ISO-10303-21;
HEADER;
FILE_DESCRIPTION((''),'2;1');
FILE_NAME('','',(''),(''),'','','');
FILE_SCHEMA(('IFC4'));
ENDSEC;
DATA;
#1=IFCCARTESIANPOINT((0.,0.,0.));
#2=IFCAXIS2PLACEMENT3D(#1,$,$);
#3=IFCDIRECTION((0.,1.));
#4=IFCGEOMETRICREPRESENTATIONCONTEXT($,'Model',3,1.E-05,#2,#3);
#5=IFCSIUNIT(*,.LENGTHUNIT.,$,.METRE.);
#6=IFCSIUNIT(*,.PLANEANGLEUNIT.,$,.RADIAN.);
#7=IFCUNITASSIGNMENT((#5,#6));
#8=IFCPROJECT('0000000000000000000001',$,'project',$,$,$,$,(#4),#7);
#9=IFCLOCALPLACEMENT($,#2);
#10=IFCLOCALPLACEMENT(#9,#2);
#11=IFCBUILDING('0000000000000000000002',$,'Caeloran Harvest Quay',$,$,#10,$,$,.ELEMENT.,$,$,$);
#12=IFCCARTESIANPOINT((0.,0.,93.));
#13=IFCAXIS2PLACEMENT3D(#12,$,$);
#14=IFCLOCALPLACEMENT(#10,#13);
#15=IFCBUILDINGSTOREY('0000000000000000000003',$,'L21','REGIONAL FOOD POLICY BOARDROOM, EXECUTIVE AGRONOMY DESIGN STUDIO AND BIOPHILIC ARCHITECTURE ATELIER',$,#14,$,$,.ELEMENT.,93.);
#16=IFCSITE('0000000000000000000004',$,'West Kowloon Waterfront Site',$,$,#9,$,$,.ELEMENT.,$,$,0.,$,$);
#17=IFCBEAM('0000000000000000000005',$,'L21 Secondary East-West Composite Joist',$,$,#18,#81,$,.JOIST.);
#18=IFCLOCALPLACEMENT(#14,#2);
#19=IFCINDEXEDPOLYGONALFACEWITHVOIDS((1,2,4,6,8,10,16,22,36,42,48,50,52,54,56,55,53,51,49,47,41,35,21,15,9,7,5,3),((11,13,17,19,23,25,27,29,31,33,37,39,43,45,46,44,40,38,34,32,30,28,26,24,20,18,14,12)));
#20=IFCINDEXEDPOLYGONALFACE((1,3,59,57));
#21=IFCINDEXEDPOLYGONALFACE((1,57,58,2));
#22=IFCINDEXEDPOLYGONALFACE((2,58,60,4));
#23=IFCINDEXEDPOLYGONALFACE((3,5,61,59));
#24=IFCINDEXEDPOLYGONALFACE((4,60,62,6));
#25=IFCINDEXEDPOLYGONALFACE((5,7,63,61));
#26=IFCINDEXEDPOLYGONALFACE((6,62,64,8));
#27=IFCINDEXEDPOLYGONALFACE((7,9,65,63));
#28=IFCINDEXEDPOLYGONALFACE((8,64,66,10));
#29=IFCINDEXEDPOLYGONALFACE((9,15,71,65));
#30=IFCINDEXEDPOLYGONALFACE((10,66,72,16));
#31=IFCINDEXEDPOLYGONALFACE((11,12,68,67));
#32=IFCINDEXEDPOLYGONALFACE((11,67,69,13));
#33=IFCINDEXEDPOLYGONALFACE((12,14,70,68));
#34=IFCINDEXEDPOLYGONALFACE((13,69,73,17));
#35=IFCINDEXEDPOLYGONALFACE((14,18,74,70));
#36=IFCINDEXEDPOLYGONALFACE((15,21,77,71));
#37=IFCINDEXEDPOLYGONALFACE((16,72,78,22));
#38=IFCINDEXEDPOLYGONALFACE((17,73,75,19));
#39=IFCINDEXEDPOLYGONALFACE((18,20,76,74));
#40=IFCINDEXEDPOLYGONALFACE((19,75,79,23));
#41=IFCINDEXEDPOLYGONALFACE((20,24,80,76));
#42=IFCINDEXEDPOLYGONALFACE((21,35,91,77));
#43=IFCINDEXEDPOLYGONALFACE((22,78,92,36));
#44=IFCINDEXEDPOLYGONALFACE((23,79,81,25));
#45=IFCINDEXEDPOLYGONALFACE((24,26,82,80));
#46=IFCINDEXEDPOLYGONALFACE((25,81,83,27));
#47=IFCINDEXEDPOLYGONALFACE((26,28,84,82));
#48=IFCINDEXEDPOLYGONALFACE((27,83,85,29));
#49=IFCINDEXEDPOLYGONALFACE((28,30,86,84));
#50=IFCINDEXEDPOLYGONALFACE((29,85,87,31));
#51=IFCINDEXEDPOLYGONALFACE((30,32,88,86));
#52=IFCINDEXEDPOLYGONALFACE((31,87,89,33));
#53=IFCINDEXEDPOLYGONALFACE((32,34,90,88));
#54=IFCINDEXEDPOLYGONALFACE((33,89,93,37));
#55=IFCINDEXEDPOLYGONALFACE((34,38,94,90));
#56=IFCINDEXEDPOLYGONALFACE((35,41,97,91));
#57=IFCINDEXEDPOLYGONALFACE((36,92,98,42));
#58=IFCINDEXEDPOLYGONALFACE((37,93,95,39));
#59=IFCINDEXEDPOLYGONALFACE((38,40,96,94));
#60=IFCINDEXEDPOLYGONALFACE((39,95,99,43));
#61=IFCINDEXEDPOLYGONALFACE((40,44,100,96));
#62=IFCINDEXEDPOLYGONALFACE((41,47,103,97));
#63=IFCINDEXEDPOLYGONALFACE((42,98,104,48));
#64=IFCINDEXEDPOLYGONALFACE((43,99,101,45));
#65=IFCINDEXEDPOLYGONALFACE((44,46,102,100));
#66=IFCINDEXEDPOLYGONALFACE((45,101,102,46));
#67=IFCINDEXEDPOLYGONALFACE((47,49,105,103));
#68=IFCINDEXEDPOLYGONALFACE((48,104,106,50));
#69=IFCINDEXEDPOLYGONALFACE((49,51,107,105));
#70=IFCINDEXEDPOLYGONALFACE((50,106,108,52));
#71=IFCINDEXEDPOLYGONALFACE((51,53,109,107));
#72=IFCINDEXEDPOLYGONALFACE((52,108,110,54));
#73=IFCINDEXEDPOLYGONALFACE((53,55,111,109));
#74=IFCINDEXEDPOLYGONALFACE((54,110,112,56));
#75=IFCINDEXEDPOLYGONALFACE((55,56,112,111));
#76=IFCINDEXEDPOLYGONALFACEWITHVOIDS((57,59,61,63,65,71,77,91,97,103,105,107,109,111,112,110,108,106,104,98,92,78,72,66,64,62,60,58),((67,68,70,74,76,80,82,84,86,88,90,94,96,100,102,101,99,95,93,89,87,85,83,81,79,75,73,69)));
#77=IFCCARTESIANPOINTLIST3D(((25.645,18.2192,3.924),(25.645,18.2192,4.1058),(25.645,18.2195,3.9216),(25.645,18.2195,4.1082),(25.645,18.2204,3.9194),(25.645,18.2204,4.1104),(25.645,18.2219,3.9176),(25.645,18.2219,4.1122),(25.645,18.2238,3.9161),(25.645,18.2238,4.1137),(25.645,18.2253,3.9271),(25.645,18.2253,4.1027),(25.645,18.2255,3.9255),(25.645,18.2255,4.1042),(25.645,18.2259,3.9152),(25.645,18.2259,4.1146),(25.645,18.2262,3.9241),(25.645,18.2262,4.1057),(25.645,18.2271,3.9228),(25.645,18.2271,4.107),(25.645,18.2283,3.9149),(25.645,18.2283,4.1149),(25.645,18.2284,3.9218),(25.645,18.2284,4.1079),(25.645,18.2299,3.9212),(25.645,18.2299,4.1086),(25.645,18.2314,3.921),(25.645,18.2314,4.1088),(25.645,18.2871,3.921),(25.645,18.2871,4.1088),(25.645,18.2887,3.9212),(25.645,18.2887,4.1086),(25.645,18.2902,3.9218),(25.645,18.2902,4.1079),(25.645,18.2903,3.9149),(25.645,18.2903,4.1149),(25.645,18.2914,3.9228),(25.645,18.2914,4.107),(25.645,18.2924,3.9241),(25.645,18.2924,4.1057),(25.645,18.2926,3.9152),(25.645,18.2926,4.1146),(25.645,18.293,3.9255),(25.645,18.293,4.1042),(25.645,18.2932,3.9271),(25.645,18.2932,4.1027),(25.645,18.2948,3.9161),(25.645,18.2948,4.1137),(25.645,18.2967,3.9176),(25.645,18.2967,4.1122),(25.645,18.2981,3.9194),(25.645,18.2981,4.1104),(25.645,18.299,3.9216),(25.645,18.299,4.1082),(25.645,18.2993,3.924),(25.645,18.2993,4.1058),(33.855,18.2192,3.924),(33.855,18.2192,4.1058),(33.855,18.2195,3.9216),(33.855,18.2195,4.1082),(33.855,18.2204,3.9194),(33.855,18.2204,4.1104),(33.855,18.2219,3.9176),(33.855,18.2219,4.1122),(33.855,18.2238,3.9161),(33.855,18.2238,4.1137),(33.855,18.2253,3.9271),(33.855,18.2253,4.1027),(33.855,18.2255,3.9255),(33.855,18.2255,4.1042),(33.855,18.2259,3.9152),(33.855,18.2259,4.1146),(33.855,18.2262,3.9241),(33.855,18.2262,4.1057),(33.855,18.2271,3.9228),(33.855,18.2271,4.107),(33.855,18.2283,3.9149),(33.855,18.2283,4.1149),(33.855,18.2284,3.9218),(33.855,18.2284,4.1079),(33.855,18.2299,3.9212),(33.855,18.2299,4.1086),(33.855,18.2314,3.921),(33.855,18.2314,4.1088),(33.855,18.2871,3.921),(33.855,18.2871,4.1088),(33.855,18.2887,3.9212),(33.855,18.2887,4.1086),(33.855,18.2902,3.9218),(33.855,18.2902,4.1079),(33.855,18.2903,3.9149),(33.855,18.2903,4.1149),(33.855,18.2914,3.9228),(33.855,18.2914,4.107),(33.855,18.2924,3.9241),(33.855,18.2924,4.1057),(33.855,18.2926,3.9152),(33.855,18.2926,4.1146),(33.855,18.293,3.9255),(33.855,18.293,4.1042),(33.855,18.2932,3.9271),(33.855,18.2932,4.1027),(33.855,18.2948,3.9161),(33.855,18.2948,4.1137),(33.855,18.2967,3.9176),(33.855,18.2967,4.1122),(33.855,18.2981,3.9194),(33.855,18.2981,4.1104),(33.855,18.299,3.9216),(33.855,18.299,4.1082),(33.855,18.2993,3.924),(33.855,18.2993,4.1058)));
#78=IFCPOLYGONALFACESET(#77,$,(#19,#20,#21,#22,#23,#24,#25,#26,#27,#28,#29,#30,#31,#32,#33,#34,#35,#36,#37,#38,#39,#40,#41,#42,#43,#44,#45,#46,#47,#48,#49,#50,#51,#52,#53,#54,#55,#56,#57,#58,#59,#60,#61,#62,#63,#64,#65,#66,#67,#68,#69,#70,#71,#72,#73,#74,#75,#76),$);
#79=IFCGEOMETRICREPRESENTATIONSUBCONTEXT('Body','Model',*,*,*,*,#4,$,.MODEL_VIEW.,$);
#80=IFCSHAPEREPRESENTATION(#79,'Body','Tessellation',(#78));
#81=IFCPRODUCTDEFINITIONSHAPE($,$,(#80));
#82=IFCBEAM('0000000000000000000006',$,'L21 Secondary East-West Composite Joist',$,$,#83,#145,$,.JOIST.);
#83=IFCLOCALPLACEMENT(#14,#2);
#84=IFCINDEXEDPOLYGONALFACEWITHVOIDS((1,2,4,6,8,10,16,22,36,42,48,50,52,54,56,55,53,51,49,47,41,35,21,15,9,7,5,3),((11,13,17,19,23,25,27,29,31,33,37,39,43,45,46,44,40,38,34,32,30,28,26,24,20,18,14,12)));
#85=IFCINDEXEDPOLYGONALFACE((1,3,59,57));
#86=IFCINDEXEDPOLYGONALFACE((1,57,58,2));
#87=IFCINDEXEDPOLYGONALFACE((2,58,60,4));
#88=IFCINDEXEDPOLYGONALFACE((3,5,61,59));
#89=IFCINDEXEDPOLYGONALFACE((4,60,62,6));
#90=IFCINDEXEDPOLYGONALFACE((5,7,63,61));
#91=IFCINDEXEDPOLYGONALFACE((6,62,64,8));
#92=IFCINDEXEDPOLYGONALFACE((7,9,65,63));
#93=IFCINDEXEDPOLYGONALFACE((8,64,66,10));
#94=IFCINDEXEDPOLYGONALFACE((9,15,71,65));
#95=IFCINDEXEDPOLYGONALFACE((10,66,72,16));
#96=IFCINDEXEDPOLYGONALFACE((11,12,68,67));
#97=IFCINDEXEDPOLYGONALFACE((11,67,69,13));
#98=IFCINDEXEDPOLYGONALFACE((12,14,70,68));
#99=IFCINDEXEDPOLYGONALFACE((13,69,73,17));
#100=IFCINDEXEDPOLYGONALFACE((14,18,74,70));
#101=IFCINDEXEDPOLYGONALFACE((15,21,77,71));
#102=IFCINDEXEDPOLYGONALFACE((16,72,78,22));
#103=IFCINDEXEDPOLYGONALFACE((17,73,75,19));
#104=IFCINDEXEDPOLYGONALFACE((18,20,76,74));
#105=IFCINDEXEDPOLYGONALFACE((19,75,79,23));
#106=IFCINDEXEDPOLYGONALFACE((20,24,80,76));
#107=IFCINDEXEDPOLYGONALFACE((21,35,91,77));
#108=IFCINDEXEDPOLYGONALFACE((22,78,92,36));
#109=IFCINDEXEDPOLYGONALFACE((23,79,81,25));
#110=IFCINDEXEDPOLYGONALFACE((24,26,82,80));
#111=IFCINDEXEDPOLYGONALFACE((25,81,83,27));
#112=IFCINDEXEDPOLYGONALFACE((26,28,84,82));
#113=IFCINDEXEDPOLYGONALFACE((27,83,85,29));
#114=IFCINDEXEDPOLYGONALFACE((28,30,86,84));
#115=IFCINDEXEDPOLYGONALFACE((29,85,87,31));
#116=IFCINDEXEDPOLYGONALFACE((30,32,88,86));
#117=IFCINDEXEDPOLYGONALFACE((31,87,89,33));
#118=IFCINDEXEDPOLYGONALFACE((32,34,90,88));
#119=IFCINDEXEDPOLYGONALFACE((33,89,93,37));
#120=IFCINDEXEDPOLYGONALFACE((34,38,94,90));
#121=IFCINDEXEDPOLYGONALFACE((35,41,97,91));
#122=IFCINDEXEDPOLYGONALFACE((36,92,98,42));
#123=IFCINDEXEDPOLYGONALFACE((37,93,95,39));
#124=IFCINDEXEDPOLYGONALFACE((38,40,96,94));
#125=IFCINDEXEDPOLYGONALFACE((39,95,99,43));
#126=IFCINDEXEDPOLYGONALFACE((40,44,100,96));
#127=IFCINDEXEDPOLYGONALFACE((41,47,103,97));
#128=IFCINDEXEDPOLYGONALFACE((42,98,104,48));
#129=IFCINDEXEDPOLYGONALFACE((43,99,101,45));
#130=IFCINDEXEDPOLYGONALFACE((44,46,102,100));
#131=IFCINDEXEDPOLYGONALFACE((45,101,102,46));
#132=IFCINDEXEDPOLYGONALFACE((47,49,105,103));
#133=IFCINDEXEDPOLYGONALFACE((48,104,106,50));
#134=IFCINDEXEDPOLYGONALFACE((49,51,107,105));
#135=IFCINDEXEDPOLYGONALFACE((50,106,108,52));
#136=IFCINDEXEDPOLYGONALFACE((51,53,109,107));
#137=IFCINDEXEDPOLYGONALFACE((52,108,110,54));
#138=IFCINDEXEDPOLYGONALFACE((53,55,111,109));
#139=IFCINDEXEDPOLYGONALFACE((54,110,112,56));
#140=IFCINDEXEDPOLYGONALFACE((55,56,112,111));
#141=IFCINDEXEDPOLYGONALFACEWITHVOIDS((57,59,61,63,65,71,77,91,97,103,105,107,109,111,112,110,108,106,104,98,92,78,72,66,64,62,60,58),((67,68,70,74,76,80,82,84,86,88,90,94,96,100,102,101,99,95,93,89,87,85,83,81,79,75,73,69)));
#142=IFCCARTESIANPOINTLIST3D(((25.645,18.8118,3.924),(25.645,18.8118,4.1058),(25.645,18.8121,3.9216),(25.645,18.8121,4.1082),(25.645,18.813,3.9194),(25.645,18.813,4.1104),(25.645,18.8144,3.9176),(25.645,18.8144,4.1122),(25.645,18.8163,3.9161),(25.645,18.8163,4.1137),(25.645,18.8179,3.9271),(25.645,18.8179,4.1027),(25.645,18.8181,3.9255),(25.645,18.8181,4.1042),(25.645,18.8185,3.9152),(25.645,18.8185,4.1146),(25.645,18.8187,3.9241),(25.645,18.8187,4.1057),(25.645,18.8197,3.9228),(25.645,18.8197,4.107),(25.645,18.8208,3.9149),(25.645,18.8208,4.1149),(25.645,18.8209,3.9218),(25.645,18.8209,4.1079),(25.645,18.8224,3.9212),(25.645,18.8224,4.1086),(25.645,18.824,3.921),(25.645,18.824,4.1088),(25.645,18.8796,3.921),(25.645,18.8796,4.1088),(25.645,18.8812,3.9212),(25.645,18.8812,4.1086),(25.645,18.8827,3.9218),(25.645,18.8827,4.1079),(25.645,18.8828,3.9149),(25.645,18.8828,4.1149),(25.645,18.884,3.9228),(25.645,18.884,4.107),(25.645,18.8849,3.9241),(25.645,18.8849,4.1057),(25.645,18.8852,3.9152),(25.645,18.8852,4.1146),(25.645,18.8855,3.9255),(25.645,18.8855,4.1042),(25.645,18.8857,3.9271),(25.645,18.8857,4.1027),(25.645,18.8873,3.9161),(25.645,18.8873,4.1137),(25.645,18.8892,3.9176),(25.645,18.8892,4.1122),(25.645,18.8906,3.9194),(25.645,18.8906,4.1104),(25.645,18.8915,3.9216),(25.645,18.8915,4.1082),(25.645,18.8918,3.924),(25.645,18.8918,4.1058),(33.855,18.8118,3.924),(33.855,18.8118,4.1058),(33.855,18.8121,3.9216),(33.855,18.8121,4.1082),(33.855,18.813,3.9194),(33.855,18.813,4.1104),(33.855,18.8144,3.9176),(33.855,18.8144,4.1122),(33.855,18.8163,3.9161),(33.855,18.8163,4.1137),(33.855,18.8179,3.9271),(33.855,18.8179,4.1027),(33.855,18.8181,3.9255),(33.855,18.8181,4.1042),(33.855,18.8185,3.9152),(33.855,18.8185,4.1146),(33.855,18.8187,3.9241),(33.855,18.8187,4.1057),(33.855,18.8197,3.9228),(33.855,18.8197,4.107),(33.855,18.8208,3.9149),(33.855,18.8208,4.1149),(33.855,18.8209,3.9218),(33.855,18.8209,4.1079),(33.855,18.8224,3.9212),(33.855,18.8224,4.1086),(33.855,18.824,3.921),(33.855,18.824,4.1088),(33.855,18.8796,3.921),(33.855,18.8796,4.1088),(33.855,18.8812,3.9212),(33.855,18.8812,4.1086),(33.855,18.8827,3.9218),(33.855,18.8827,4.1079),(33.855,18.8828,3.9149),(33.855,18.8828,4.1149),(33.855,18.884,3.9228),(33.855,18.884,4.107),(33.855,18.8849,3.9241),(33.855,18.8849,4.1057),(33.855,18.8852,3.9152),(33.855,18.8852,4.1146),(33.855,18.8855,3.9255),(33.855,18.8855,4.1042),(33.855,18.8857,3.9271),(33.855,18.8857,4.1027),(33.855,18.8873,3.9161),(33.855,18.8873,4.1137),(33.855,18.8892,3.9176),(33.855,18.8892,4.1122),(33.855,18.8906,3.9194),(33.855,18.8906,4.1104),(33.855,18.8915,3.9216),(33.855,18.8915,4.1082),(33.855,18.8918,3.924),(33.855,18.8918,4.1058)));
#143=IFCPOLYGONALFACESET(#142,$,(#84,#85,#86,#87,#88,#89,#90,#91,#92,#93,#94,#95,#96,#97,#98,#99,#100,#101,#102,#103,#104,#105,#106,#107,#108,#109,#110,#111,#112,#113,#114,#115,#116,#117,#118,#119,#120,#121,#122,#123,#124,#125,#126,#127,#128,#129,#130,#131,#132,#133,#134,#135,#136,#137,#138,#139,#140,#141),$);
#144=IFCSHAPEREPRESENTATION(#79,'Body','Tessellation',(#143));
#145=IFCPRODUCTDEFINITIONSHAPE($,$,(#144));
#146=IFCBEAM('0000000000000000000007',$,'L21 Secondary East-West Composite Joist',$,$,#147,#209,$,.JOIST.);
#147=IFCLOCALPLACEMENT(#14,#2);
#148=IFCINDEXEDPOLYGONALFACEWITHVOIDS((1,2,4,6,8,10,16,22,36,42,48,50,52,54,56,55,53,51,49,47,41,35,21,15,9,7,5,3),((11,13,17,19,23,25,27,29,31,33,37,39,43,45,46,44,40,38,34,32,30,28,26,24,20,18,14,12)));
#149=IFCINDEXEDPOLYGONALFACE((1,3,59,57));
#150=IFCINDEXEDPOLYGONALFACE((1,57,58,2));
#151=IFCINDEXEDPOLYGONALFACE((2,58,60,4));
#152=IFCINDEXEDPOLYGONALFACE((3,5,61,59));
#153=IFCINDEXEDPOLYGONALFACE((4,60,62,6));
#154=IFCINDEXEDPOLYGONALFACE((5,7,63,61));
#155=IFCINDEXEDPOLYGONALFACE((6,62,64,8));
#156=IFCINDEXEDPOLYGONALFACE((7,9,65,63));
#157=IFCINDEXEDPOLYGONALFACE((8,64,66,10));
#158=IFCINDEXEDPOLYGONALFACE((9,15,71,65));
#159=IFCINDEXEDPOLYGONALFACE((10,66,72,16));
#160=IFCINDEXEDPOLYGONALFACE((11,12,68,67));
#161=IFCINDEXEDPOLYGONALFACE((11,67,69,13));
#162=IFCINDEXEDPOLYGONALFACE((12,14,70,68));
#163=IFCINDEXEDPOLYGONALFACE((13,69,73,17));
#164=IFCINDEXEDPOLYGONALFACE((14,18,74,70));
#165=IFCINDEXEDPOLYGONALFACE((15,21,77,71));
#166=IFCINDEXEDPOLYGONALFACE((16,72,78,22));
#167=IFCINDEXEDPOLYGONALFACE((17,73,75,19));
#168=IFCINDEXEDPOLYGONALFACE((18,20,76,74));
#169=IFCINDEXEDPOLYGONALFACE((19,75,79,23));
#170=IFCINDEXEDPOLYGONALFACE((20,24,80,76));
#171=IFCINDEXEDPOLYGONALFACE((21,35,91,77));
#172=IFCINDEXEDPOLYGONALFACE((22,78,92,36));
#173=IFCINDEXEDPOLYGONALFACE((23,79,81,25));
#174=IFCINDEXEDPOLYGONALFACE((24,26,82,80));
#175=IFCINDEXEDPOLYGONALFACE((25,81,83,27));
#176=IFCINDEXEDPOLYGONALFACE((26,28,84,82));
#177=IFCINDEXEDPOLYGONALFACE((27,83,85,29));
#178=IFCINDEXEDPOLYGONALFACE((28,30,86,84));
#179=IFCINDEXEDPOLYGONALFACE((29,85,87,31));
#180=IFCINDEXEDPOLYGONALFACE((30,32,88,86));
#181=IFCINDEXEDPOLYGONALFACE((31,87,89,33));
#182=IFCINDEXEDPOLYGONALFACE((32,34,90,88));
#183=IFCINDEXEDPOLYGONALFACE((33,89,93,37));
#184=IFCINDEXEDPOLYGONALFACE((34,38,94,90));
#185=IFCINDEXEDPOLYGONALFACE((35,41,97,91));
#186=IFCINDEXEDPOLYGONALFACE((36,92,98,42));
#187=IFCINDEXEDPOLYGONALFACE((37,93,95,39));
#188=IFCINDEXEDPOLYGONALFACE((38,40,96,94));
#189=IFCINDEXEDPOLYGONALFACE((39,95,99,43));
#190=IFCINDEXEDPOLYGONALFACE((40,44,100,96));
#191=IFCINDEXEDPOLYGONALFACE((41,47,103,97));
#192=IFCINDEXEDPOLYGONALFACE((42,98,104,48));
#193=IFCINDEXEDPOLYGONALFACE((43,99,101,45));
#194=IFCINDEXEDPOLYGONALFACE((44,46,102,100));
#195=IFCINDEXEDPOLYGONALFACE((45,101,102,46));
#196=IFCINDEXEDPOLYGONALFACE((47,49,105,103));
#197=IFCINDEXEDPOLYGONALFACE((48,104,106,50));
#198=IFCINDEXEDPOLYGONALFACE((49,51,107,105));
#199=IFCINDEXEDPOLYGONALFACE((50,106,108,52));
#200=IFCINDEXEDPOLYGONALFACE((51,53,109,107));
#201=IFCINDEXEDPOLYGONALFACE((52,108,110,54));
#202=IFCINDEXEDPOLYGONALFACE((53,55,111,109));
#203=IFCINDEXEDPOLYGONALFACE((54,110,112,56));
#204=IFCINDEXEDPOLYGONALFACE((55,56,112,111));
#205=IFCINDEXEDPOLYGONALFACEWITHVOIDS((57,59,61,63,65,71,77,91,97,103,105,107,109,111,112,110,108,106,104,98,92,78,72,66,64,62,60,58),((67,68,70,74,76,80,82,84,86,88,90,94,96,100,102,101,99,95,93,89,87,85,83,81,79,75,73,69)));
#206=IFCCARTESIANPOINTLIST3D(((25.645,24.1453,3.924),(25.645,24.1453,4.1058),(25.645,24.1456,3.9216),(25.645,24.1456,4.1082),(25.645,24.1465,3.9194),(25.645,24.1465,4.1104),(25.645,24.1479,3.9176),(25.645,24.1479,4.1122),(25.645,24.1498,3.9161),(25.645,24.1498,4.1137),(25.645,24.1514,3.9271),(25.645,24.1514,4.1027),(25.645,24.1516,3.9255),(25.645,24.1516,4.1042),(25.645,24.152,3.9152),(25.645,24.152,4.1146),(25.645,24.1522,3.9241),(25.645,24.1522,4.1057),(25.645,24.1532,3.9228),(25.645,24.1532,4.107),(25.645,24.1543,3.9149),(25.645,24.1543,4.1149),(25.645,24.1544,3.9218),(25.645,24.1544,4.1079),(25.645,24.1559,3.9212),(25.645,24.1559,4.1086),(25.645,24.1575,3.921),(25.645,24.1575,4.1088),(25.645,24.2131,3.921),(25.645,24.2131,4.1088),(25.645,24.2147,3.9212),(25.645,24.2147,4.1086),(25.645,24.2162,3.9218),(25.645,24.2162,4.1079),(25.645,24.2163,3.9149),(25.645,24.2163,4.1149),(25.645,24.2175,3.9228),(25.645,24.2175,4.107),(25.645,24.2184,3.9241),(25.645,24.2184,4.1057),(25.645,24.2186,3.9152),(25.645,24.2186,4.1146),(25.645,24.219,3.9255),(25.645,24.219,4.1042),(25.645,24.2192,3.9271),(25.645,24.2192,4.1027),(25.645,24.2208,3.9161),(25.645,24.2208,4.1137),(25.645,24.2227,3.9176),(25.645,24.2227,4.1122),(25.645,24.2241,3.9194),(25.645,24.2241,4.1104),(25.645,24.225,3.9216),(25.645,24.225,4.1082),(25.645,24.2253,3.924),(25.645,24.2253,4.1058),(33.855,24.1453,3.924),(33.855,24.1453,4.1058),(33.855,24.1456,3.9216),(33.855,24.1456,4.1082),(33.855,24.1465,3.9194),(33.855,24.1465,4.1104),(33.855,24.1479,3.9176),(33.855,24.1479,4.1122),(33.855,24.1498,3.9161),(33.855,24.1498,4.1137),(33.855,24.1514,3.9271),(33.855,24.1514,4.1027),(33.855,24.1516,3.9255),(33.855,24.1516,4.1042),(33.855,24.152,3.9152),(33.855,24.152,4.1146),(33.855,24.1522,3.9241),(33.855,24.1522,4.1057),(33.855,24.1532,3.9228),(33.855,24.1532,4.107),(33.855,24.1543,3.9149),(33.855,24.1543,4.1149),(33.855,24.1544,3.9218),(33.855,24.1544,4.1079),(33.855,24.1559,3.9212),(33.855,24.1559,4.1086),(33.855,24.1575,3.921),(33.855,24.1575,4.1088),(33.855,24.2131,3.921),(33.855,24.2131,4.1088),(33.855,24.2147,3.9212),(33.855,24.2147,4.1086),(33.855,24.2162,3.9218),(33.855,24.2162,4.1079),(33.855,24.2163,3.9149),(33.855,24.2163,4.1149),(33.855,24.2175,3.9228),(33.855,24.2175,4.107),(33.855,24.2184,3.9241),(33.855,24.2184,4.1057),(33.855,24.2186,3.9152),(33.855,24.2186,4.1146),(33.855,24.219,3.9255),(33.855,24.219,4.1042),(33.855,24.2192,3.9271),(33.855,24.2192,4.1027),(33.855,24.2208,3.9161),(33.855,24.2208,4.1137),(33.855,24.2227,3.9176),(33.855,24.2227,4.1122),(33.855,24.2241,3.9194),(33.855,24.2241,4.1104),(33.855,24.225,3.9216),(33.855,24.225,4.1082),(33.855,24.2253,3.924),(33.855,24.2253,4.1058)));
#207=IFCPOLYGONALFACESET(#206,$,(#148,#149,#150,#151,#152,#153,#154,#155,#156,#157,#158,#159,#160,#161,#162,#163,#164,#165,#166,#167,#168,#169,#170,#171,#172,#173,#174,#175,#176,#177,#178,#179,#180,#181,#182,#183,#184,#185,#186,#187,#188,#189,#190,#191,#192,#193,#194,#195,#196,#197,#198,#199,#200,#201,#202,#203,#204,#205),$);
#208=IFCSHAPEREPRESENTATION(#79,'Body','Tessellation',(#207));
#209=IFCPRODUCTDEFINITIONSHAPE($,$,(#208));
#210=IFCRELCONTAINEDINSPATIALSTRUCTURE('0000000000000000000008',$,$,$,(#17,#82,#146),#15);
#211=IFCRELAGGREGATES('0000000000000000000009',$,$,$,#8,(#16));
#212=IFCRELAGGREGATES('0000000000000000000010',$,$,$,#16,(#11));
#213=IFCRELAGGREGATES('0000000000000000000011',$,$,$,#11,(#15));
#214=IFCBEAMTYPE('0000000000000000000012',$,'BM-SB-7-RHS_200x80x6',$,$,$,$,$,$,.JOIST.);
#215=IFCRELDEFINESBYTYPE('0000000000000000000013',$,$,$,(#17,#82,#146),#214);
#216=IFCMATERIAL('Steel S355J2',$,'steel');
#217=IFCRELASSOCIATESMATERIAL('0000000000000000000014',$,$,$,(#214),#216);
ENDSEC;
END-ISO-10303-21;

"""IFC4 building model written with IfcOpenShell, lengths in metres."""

from ifc_helpers import new_model, si_unit, direction, frame, origin, origin_2d, place, context, subcontext, project, spatial, hollow_rectangle, extrude, material, material_profile, profile_set, type_object, element, save


model = new_model("IFC4")

# Units and contexts
model_context = context("Model", 3, precision=1e-05, world=origin(), true_north=direction((0.0, 1.0)))
body_context = subcontext(model_context, "Body", "Model", "MODEL_VIEW")
ifc_project = project(units=[si_unit("LENGTHUNIT", "METRE"), si_unit("PLANEANGLEUNIT", "RADIAN")], contexts=[model_context])

# Site, building, storey
site_placement = place(None, origin())
site = spatial("IfcSite", under=ifc_project, at=site_placement, Name="West Kowloon Waterfront Site", CompositionType="ELEMENT", RefElevation=0.0)
building_placement = place(site_placement, origin())
building = spatial("IfcBuilding", under=site, at=building_placement, Name="Caeloran Harvest Quay", CompositionType="ELEMENT")
storey_placement = place(building_placement, frame((0.0, 0.0, 93.0)))
storey = spatial("IfcBuildingStorey", under=building, at=storey_placement, Name="L21", Description="REGIONAL FOOD POLICY BOARDROOM, EXECUTIVE AGRONOMY DESIGN STUDIO AND BIOPHILIC ARCHITECTURE ATELIER", CompositionType="ELEMENT", Elevation=93.0)

# Beams
ifc_material_1 = material(Name="Steel S355J2", Category="steel")
ifc_material_profile_1 = material_profile(ifc_material_1, hollow_rectangle(XDim=0.0801, YDim=0.2, WallThickness=0.0061, InnerFilletRadius=0.0061, OuterFilletRadius=0.009, at=origin_2d()), Name="RHS 200x80x6")
ifc_profile_set_1 = profile_set([ifc_material_profile_1], Name="Steel S355J2")
beam_type_1 = type_object("IfcBeamType", Name="BM-SB-7-RHS_200x80x6", PredefinedType="JOIST", material=ifc_profile_set_1)
for number, where, z_axis, x_axis, name in (
    (1, (25.645, 18.2593, 4.0149), (1.0, 0.0, 0.0), (0.0, 1.0, 0.0), "L21 Secondary East-West Composite Joist"),
    (2, (25.645, 18.8518, 4.0149), (1.0, 0.0, 0.0), (0.0, 1.0, 0.0), "L21 Secondary East-West Composite Joist"),
    (3, (25.645, 24.1853, 4.0149), (1.0, 0.0, 0.0), (0.0, 1.0, 0.0), "L21 Secondary East-West Composite Joist"),
):
    element("IfcBeam", number, at=place(storey_placement, frame(where, z_axis=z_axis, x_axis=x_axis)), inside=storey, type_object=beam_type_1, Name=name, PredefinedType="JOIST", context=body_context, shape_type="SweptSolid", body=[
        extrude(hollow_rectangle(XDim=0.0801, YDim=0.2, WallThickness=0.0061, InnerFilletRadius=0.0061, OuterFilletRadius=0.009, at=origin_2d()), origin(), (0.0, 0.0, 1.0), 8.21),
    ])

save(model, "model.ifc")
